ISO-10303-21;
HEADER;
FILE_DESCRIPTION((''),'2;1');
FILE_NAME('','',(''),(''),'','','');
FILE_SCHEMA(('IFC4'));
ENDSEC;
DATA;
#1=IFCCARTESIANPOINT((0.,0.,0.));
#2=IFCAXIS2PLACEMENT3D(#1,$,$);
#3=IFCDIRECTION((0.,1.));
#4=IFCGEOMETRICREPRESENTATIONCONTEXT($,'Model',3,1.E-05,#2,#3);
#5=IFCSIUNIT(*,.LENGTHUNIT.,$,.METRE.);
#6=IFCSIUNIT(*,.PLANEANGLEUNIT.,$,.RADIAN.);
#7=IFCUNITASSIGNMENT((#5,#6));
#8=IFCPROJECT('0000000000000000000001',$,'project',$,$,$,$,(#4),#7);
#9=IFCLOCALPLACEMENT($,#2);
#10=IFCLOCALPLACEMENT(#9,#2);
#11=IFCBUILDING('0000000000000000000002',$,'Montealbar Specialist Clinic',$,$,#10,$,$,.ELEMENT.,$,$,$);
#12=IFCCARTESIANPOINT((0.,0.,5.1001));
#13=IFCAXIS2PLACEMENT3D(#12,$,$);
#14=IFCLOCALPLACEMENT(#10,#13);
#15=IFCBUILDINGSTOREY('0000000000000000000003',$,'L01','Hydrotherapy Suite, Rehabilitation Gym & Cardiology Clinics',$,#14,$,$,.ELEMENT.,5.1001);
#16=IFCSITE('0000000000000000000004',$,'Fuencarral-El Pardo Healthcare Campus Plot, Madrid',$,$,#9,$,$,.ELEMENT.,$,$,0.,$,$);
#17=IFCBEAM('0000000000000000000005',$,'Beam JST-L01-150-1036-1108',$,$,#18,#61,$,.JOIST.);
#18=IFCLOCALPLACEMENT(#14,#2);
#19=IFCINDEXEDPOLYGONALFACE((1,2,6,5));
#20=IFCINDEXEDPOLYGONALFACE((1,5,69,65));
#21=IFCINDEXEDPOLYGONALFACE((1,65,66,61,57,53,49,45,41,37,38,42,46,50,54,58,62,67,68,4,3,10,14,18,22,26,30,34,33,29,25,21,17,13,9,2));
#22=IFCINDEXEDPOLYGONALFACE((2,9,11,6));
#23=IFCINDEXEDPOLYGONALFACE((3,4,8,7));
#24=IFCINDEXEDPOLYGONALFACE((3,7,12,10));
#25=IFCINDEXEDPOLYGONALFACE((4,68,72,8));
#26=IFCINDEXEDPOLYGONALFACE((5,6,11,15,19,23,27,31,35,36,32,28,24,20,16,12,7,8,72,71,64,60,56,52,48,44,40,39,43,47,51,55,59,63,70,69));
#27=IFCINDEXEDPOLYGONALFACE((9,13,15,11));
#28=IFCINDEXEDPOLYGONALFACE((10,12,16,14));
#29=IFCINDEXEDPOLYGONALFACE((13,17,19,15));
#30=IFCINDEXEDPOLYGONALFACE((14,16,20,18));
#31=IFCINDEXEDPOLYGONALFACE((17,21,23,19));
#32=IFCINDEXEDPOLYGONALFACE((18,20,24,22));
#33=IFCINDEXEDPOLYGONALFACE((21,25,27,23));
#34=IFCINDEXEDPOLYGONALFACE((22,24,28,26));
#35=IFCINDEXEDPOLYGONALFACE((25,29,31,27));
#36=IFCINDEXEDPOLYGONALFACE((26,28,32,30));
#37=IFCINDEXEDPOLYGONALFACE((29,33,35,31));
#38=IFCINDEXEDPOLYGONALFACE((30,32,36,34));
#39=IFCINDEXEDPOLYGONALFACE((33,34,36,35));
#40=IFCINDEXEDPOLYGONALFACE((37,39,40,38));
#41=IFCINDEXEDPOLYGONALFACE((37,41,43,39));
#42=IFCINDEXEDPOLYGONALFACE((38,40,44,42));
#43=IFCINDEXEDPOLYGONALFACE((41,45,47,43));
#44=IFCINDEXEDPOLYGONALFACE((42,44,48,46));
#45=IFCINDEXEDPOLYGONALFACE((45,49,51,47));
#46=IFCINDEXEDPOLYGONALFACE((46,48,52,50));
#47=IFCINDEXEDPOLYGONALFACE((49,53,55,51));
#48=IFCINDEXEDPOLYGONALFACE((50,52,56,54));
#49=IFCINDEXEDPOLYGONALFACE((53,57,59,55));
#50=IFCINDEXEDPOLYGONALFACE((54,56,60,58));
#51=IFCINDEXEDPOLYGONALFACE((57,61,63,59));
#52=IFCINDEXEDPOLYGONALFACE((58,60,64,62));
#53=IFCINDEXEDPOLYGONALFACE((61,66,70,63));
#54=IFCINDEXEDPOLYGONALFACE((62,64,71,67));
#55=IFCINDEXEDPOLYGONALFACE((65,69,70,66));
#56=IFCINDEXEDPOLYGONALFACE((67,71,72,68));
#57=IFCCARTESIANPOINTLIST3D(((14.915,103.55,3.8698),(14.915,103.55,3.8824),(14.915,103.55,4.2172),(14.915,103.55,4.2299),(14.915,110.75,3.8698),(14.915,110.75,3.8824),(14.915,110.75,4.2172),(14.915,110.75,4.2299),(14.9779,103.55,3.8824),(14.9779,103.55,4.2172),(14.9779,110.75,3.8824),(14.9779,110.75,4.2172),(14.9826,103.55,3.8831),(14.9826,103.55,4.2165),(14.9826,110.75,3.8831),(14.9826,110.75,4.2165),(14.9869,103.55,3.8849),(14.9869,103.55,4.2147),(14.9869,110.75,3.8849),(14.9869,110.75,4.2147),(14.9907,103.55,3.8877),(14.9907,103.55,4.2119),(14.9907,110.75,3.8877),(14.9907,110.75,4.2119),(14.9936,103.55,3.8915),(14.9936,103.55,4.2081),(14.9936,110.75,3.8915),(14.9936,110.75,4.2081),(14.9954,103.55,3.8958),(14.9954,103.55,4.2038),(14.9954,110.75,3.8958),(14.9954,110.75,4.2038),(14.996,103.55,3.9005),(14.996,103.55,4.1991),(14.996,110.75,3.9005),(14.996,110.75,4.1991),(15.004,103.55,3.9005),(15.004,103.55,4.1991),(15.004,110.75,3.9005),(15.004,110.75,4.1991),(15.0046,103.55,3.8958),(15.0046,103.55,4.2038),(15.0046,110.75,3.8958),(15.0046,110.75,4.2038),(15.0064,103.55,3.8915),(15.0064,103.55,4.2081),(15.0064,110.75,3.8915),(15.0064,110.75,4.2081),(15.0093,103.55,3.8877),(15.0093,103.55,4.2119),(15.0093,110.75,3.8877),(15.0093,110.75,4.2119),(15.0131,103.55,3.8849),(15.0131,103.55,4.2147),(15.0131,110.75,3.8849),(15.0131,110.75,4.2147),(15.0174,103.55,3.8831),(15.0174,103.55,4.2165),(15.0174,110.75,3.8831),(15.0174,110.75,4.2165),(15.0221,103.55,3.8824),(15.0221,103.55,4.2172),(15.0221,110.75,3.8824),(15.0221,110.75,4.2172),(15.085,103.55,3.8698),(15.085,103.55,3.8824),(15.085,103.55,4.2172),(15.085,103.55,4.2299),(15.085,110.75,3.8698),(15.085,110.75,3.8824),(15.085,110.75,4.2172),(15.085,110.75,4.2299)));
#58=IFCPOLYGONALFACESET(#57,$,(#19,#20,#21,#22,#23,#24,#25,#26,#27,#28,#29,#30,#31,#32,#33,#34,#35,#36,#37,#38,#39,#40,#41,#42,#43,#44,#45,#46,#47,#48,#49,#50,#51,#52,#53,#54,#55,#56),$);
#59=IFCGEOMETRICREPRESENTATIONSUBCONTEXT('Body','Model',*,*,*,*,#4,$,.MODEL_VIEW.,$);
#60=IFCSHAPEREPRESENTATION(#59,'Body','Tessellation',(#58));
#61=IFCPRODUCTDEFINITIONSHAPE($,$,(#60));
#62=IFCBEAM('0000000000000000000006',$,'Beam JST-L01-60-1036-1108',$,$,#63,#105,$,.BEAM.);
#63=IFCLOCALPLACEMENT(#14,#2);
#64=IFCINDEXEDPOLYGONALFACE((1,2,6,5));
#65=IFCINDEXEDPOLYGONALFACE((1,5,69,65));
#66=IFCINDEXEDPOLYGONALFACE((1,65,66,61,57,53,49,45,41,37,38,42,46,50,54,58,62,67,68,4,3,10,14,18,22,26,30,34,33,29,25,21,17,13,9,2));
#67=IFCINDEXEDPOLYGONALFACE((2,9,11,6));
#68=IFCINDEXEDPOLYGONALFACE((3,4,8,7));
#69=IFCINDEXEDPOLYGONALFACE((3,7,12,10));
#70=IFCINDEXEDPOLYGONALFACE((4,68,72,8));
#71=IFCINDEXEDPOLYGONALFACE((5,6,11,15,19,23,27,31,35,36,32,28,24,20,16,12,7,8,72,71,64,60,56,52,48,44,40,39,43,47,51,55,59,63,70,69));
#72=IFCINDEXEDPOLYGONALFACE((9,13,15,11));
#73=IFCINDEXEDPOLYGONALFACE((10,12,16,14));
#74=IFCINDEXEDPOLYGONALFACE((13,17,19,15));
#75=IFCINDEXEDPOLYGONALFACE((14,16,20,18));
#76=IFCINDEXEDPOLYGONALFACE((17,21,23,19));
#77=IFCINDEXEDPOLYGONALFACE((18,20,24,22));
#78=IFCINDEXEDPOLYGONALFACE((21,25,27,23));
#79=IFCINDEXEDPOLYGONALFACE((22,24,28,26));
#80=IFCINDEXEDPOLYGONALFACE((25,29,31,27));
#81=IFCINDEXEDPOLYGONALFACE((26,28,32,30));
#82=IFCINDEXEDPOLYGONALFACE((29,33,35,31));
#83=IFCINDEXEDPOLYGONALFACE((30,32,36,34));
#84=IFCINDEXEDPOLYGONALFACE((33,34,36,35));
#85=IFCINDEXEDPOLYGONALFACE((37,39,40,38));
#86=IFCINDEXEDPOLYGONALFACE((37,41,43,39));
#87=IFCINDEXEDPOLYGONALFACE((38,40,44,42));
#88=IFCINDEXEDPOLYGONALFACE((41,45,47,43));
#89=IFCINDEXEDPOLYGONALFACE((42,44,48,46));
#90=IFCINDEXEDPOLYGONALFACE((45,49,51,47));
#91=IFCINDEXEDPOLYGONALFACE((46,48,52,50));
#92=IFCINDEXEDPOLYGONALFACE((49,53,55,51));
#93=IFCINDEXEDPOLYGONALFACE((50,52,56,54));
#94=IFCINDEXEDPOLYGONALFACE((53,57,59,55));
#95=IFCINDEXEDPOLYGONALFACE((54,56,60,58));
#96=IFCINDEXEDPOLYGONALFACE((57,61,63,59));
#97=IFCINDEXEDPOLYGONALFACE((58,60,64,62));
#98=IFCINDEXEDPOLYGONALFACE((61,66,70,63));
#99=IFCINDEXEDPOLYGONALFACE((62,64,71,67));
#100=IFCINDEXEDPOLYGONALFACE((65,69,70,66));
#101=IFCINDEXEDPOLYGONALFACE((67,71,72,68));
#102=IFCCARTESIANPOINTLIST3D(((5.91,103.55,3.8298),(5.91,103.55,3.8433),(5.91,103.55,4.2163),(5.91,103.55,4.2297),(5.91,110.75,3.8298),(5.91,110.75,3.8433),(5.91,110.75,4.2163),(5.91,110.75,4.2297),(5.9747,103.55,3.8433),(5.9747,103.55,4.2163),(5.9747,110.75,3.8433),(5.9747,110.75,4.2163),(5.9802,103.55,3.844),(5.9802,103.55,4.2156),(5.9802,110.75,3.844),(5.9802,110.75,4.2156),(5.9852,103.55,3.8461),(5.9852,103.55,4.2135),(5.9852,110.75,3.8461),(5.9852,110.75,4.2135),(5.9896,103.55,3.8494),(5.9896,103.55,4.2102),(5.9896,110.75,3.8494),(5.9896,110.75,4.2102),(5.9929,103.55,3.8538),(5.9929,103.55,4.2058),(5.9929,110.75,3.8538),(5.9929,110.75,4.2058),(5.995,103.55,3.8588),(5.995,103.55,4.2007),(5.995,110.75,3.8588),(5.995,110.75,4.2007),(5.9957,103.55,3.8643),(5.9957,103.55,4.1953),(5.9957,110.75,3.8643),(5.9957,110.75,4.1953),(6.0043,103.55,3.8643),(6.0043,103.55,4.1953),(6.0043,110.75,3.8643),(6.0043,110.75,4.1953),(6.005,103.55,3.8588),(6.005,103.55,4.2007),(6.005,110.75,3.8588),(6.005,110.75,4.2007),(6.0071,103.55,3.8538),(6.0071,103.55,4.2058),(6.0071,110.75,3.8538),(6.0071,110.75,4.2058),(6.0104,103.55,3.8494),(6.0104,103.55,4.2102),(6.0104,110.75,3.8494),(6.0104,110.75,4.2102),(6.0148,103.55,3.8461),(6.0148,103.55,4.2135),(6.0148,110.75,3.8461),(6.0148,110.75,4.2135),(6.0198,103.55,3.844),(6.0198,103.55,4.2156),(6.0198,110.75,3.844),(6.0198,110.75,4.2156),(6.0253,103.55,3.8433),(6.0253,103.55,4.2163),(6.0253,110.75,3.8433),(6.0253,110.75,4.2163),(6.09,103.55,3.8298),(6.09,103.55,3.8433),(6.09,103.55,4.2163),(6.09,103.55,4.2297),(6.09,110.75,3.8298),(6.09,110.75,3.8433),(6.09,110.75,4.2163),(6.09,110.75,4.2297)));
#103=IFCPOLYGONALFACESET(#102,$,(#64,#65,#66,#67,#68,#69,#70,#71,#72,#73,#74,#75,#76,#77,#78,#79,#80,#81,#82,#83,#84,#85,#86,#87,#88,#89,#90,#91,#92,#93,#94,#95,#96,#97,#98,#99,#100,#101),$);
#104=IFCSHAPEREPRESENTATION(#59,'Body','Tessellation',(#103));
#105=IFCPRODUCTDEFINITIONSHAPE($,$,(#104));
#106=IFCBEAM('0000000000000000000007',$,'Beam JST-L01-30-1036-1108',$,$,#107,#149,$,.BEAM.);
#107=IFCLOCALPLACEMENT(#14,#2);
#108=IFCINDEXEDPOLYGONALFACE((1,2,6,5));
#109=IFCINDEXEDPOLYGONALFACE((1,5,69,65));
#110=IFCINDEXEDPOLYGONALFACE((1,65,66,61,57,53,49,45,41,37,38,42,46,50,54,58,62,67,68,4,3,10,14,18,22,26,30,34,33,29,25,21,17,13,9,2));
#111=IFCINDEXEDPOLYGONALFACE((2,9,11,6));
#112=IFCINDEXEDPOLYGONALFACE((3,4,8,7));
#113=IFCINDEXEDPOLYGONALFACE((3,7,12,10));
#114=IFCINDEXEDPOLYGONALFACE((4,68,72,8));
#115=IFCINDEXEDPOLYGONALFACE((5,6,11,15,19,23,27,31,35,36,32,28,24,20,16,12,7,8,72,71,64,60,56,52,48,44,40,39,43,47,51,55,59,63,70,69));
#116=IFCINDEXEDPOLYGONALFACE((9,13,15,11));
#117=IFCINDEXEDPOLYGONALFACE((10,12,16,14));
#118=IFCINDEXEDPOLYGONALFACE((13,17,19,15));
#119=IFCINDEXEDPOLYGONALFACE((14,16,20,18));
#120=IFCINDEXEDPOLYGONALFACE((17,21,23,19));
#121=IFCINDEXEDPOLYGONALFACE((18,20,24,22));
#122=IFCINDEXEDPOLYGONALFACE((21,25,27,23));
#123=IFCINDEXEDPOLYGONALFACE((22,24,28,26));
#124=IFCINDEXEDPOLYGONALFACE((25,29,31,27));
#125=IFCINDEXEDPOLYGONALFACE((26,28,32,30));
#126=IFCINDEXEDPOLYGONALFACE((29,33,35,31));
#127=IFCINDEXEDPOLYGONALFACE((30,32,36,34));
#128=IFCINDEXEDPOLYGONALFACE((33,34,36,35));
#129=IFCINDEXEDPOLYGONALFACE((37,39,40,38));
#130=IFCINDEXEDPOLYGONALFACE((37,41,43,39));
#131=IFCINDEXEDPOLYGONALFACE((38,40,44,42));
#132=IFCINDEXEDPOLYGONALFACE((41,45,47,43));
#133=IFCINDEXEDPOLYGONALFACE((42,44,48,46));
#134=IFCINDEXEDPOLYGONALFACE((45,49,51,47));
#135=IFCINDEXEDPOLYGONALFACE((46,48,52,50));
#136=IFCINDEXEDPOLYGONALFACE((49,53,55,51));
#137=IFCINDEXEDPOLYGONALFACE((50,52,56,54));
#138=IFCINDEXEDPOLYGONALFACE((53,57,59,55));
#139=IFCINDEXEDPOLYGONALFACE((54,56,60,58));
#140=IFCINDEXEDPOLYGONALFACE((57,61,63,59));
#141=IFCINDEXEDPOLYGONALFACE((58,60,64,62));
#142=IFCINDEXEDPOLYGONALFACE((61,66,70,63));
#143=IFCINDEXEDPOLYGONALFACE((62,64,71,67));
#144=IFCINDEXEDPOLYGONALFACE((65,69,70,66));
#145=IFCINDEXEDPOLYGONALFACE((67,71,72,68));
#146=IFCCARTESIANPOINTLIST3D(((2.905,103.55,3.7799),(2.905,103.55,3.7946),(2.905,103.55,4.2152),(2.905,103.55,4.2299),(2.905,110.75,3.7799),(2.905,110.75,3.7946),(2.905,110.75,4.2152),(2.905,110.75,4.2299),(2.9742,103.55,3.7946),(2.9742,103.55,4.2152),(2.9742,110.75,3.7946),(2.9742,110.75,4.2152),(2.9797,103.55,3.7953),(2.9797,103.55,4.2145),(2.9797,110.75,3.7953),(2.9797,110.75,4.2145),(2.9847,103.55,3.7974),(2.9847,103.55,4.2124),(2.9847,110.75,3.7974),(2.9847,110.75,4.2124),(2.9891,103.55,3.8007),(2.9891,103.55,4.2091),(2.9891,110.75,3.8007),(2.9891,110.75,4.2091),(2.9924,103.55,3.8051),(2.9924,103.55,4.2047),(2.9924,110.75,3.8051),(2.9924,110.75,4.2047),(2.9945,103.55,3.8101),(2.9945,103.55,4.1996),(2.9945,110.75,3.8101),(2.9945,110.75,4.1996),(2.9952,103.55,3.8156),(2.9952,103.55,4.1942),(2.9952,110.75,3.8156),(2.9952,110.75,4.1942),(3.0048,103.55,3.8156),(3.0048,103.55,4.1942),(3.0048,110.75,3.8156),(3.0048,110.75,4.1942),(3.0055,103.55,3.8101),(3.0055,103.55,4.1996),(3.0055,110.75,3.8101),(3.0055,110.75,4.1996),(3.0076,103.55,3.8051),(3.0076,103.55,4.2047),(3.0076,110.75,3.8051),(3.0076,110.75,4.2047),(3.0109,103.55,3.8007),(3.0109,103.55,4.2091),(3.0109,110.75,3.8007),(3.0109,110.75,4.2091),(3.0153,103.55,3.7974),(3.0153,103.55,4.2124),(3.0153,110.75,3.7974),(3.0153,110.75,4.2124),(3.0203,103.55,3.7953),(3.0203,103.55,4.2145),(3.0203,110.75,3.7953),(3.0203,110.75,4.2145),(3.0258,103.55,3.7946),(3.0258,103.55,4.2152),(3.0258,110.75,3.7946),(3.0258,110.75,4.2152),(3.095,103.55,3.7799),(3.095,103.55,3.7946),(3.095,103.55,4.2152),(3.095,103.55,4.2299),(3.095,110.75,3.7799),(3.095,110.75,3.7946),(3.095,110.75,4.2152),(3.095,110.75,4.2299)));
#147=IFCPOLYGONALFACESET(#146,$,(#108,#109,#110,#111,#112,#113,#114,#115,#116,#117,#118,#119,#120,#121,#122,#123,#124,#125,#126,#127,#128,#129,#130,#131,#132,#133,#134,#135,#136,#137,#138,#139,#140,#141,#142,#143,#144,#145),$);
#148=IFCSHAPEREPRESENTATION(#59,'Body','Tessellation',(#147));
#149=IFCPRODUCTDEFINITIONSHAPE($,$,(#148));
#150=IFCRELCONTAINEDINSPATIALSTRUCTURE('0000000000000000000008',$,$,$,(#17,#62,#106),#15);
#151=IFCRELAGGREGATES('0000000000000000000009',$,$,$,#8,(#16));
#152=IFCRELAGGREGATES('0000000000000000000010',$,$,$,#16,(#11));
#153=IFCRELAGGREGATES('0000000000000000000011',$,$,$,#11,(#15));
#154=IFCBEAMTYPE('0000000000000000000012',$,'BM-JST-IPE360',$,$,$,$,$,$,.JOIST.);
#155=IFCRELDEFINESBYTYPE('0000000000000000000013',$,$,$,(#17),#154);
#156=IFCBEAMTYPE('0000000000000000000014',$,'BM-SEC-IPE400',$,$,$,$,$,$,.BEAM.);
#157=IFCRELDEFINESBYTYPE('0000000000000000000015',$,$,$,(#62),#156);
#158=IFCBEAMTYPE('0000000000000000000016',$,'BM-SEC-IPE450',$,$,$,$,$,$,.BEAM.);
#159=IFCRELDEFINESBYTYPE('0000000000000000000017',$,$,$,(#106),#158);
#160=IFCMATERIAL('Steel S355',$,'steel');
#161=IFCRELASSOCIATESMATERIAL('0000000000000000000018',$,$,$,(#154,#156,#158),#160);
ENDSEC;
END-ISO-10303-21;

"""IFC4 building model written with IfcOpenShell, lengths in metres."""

from ifc_helpers import new_model, si_unit, direction, frame, origin, origin_2d, place, context, subcontext, project, spatial, i_section, extrude, material, material_profile, profile_set, type_object, element, save


model = new_model("IFC4")

# Units and contexts
model_context = context("Model", 3, precision=1e-05, world=origin(), true_north=direction((0.0, 1.0)))
body_context = subcontext(model_context, "Body", "Model", "MODEL_VIEW")
ifc_project = project(units=[si_unit("LENGTHUNIT", "METRE"), si_unit("PLANEANGLEUNIT", "RADIAN")], contexts=[model_context])

# Site, building, storey
site_placement = place(None, origin())
site = spatial("IfcSite", under=ifc_project, at=site_placement, Name="Fuencarral-El Pardo Healthcare Campus Plot, Madrid", CompositionType="ELEMENT", RefElevation=0.0)
building_placement = place(site_placement, origin())
building = spatial("IfcBuilding", under=site, at=building_placement, Name="Montealbar Specialist Clinic", CompositionType="ELEMENT")
storey_placement = place(building_placement, frame((0.0, 0.0, 5.1001)))
storey = spatial("IfcBuildingStorey", under=building, at=storey_placement, Name="L01", Description="Hydrotherapy Suite, Rehabilitation Gym & Cardiology Clinics", CompositionType="ELEMENT", Elevation=5.1001)

# Beams
ifc_material_1 = material(Name="Steel S355", Category="steel")
ifc_material_profile_1 = material_profile(ifc_material_1, i_section(OverallWidth=0.1699, OverallDepth=0.3601, WebThickness=0.0081, FlangeThickness=0.0127, FilletRadius=0.0181, at=origin_2d()), Name="IPE 360", Category="steel")
ifc_profile_set_1 = profile_set([ifc_material_profile_1], Name="Steel S355")
beam_type_1 = type_object("IfcBeamType", Name="BM-JST-IPE360", PredefinedType="JOIST", material=ifc_profile_set_1)
beam_1_placement = place(storey_placement, frame((15.0, 103.55, 4.0498), z_axis=(0.0, 1.0, 0.0), x_axis=(-1.0, 0.0, 0.0)))
element("IfcBeam", 1, at=beam_1_placement, inside=storey, type_object=beam_type_1, Name="Beam JST-L01-150-1036-1108", PredefinedType="JOIST", context=body_context, shape_type="SweptSolid", body=[
    extrude(i_section(OverallWidth=0.1699, OverallDepth=0.3601, WebThickness=0.0081, FlangeThickness=0.0127, FilletRadius=0.0181, at=origin_2d()), origin(), (0.0, 0.0, 1.0), 7.2),
])
ifc_material_profile_2 = material_profile(ifc_material_1, i_section(OverallWidth=0.1799, OverallDepth=0.3999, WebThickness=0.0085, FlangeThickness=0.0134, FilletRadius=0.021, at=origin_2d()), Name="IPE 400", Category="steel")
ifc_profile_set_2 = profile_set([ifc_material_profile_2], Name="Steel S355")
beam_type_2 = type_object("IfcBeamType", Name="BM-SEC-IPE400", PredefinedType="BEAM", material=ifc_profile_set_2)
beam_2_placement = place(storey_placement, frame((6.0, 103.55, 4.0298), z_axis=(0.0, 1.0, 0.0), x_axis=(-1.0, 0.0, 0.0)))
element("IfcBeam", 2, at=beam_2_placement, inside=storey, type_object=beam_type_2, Name="Beam JST-L01-60-1036-1108", PredefinedType="BEAM", context=body_context, shape_type="SweptSolid", body=[
    extrude(i_section(OverallWidth=0.1799, OverallDepth=0.3999, WebThickness=0.0085, FlangeThickness=0.0134, FilletRadius=0.021, at=origin_2d()), origin(), (0.0, 0.0, 1.0), 7.2),
])
ifc_material_profile_3 = material_profile(ifc_material_1, i_section(OverallWidth=0.1899, OverallDepth=0.45, WebThickness=0.0095, FlangeThickness=0.0146, FilletRadius=0.021, at=origin_2d()), Name="IPE 450", Category="steel")
ifc_profile_set_3 = profile_set([ifc_material_profile_3], Name="Steel S355")
beam_type_3 = type_object("IfcBeamType", Name="BM-SEC-IPE450", PredefinedType="BEAM", material=ifc_profile_set_3)
beam_3_placement = place(storey_placement, frame((3.0, 103.55, 4.0049), z_axis=(0.0, 1.0, 0.0), x_axis=(-1.0, 0.0, 0.0)))
element("IfcBeam", 3, at=beam_3_placement, inside=storey, type_object=beam_type_3, Name="Beam JST-L01-30-1036-1108", PredefinedType="BEAM", context=body_context, shape_type="SweptSolid", body=[
    extrude(i_section(OverallWidth=0.1899, OverallDepth=0.45, WebThickness=0.0095, FlangeThickness=0.0146, FilletRadius=0.021, at=origin_2d()), origin(), (0.0, 0.0, 1.0), 7.2),
])

save(model, "model.ifc")
